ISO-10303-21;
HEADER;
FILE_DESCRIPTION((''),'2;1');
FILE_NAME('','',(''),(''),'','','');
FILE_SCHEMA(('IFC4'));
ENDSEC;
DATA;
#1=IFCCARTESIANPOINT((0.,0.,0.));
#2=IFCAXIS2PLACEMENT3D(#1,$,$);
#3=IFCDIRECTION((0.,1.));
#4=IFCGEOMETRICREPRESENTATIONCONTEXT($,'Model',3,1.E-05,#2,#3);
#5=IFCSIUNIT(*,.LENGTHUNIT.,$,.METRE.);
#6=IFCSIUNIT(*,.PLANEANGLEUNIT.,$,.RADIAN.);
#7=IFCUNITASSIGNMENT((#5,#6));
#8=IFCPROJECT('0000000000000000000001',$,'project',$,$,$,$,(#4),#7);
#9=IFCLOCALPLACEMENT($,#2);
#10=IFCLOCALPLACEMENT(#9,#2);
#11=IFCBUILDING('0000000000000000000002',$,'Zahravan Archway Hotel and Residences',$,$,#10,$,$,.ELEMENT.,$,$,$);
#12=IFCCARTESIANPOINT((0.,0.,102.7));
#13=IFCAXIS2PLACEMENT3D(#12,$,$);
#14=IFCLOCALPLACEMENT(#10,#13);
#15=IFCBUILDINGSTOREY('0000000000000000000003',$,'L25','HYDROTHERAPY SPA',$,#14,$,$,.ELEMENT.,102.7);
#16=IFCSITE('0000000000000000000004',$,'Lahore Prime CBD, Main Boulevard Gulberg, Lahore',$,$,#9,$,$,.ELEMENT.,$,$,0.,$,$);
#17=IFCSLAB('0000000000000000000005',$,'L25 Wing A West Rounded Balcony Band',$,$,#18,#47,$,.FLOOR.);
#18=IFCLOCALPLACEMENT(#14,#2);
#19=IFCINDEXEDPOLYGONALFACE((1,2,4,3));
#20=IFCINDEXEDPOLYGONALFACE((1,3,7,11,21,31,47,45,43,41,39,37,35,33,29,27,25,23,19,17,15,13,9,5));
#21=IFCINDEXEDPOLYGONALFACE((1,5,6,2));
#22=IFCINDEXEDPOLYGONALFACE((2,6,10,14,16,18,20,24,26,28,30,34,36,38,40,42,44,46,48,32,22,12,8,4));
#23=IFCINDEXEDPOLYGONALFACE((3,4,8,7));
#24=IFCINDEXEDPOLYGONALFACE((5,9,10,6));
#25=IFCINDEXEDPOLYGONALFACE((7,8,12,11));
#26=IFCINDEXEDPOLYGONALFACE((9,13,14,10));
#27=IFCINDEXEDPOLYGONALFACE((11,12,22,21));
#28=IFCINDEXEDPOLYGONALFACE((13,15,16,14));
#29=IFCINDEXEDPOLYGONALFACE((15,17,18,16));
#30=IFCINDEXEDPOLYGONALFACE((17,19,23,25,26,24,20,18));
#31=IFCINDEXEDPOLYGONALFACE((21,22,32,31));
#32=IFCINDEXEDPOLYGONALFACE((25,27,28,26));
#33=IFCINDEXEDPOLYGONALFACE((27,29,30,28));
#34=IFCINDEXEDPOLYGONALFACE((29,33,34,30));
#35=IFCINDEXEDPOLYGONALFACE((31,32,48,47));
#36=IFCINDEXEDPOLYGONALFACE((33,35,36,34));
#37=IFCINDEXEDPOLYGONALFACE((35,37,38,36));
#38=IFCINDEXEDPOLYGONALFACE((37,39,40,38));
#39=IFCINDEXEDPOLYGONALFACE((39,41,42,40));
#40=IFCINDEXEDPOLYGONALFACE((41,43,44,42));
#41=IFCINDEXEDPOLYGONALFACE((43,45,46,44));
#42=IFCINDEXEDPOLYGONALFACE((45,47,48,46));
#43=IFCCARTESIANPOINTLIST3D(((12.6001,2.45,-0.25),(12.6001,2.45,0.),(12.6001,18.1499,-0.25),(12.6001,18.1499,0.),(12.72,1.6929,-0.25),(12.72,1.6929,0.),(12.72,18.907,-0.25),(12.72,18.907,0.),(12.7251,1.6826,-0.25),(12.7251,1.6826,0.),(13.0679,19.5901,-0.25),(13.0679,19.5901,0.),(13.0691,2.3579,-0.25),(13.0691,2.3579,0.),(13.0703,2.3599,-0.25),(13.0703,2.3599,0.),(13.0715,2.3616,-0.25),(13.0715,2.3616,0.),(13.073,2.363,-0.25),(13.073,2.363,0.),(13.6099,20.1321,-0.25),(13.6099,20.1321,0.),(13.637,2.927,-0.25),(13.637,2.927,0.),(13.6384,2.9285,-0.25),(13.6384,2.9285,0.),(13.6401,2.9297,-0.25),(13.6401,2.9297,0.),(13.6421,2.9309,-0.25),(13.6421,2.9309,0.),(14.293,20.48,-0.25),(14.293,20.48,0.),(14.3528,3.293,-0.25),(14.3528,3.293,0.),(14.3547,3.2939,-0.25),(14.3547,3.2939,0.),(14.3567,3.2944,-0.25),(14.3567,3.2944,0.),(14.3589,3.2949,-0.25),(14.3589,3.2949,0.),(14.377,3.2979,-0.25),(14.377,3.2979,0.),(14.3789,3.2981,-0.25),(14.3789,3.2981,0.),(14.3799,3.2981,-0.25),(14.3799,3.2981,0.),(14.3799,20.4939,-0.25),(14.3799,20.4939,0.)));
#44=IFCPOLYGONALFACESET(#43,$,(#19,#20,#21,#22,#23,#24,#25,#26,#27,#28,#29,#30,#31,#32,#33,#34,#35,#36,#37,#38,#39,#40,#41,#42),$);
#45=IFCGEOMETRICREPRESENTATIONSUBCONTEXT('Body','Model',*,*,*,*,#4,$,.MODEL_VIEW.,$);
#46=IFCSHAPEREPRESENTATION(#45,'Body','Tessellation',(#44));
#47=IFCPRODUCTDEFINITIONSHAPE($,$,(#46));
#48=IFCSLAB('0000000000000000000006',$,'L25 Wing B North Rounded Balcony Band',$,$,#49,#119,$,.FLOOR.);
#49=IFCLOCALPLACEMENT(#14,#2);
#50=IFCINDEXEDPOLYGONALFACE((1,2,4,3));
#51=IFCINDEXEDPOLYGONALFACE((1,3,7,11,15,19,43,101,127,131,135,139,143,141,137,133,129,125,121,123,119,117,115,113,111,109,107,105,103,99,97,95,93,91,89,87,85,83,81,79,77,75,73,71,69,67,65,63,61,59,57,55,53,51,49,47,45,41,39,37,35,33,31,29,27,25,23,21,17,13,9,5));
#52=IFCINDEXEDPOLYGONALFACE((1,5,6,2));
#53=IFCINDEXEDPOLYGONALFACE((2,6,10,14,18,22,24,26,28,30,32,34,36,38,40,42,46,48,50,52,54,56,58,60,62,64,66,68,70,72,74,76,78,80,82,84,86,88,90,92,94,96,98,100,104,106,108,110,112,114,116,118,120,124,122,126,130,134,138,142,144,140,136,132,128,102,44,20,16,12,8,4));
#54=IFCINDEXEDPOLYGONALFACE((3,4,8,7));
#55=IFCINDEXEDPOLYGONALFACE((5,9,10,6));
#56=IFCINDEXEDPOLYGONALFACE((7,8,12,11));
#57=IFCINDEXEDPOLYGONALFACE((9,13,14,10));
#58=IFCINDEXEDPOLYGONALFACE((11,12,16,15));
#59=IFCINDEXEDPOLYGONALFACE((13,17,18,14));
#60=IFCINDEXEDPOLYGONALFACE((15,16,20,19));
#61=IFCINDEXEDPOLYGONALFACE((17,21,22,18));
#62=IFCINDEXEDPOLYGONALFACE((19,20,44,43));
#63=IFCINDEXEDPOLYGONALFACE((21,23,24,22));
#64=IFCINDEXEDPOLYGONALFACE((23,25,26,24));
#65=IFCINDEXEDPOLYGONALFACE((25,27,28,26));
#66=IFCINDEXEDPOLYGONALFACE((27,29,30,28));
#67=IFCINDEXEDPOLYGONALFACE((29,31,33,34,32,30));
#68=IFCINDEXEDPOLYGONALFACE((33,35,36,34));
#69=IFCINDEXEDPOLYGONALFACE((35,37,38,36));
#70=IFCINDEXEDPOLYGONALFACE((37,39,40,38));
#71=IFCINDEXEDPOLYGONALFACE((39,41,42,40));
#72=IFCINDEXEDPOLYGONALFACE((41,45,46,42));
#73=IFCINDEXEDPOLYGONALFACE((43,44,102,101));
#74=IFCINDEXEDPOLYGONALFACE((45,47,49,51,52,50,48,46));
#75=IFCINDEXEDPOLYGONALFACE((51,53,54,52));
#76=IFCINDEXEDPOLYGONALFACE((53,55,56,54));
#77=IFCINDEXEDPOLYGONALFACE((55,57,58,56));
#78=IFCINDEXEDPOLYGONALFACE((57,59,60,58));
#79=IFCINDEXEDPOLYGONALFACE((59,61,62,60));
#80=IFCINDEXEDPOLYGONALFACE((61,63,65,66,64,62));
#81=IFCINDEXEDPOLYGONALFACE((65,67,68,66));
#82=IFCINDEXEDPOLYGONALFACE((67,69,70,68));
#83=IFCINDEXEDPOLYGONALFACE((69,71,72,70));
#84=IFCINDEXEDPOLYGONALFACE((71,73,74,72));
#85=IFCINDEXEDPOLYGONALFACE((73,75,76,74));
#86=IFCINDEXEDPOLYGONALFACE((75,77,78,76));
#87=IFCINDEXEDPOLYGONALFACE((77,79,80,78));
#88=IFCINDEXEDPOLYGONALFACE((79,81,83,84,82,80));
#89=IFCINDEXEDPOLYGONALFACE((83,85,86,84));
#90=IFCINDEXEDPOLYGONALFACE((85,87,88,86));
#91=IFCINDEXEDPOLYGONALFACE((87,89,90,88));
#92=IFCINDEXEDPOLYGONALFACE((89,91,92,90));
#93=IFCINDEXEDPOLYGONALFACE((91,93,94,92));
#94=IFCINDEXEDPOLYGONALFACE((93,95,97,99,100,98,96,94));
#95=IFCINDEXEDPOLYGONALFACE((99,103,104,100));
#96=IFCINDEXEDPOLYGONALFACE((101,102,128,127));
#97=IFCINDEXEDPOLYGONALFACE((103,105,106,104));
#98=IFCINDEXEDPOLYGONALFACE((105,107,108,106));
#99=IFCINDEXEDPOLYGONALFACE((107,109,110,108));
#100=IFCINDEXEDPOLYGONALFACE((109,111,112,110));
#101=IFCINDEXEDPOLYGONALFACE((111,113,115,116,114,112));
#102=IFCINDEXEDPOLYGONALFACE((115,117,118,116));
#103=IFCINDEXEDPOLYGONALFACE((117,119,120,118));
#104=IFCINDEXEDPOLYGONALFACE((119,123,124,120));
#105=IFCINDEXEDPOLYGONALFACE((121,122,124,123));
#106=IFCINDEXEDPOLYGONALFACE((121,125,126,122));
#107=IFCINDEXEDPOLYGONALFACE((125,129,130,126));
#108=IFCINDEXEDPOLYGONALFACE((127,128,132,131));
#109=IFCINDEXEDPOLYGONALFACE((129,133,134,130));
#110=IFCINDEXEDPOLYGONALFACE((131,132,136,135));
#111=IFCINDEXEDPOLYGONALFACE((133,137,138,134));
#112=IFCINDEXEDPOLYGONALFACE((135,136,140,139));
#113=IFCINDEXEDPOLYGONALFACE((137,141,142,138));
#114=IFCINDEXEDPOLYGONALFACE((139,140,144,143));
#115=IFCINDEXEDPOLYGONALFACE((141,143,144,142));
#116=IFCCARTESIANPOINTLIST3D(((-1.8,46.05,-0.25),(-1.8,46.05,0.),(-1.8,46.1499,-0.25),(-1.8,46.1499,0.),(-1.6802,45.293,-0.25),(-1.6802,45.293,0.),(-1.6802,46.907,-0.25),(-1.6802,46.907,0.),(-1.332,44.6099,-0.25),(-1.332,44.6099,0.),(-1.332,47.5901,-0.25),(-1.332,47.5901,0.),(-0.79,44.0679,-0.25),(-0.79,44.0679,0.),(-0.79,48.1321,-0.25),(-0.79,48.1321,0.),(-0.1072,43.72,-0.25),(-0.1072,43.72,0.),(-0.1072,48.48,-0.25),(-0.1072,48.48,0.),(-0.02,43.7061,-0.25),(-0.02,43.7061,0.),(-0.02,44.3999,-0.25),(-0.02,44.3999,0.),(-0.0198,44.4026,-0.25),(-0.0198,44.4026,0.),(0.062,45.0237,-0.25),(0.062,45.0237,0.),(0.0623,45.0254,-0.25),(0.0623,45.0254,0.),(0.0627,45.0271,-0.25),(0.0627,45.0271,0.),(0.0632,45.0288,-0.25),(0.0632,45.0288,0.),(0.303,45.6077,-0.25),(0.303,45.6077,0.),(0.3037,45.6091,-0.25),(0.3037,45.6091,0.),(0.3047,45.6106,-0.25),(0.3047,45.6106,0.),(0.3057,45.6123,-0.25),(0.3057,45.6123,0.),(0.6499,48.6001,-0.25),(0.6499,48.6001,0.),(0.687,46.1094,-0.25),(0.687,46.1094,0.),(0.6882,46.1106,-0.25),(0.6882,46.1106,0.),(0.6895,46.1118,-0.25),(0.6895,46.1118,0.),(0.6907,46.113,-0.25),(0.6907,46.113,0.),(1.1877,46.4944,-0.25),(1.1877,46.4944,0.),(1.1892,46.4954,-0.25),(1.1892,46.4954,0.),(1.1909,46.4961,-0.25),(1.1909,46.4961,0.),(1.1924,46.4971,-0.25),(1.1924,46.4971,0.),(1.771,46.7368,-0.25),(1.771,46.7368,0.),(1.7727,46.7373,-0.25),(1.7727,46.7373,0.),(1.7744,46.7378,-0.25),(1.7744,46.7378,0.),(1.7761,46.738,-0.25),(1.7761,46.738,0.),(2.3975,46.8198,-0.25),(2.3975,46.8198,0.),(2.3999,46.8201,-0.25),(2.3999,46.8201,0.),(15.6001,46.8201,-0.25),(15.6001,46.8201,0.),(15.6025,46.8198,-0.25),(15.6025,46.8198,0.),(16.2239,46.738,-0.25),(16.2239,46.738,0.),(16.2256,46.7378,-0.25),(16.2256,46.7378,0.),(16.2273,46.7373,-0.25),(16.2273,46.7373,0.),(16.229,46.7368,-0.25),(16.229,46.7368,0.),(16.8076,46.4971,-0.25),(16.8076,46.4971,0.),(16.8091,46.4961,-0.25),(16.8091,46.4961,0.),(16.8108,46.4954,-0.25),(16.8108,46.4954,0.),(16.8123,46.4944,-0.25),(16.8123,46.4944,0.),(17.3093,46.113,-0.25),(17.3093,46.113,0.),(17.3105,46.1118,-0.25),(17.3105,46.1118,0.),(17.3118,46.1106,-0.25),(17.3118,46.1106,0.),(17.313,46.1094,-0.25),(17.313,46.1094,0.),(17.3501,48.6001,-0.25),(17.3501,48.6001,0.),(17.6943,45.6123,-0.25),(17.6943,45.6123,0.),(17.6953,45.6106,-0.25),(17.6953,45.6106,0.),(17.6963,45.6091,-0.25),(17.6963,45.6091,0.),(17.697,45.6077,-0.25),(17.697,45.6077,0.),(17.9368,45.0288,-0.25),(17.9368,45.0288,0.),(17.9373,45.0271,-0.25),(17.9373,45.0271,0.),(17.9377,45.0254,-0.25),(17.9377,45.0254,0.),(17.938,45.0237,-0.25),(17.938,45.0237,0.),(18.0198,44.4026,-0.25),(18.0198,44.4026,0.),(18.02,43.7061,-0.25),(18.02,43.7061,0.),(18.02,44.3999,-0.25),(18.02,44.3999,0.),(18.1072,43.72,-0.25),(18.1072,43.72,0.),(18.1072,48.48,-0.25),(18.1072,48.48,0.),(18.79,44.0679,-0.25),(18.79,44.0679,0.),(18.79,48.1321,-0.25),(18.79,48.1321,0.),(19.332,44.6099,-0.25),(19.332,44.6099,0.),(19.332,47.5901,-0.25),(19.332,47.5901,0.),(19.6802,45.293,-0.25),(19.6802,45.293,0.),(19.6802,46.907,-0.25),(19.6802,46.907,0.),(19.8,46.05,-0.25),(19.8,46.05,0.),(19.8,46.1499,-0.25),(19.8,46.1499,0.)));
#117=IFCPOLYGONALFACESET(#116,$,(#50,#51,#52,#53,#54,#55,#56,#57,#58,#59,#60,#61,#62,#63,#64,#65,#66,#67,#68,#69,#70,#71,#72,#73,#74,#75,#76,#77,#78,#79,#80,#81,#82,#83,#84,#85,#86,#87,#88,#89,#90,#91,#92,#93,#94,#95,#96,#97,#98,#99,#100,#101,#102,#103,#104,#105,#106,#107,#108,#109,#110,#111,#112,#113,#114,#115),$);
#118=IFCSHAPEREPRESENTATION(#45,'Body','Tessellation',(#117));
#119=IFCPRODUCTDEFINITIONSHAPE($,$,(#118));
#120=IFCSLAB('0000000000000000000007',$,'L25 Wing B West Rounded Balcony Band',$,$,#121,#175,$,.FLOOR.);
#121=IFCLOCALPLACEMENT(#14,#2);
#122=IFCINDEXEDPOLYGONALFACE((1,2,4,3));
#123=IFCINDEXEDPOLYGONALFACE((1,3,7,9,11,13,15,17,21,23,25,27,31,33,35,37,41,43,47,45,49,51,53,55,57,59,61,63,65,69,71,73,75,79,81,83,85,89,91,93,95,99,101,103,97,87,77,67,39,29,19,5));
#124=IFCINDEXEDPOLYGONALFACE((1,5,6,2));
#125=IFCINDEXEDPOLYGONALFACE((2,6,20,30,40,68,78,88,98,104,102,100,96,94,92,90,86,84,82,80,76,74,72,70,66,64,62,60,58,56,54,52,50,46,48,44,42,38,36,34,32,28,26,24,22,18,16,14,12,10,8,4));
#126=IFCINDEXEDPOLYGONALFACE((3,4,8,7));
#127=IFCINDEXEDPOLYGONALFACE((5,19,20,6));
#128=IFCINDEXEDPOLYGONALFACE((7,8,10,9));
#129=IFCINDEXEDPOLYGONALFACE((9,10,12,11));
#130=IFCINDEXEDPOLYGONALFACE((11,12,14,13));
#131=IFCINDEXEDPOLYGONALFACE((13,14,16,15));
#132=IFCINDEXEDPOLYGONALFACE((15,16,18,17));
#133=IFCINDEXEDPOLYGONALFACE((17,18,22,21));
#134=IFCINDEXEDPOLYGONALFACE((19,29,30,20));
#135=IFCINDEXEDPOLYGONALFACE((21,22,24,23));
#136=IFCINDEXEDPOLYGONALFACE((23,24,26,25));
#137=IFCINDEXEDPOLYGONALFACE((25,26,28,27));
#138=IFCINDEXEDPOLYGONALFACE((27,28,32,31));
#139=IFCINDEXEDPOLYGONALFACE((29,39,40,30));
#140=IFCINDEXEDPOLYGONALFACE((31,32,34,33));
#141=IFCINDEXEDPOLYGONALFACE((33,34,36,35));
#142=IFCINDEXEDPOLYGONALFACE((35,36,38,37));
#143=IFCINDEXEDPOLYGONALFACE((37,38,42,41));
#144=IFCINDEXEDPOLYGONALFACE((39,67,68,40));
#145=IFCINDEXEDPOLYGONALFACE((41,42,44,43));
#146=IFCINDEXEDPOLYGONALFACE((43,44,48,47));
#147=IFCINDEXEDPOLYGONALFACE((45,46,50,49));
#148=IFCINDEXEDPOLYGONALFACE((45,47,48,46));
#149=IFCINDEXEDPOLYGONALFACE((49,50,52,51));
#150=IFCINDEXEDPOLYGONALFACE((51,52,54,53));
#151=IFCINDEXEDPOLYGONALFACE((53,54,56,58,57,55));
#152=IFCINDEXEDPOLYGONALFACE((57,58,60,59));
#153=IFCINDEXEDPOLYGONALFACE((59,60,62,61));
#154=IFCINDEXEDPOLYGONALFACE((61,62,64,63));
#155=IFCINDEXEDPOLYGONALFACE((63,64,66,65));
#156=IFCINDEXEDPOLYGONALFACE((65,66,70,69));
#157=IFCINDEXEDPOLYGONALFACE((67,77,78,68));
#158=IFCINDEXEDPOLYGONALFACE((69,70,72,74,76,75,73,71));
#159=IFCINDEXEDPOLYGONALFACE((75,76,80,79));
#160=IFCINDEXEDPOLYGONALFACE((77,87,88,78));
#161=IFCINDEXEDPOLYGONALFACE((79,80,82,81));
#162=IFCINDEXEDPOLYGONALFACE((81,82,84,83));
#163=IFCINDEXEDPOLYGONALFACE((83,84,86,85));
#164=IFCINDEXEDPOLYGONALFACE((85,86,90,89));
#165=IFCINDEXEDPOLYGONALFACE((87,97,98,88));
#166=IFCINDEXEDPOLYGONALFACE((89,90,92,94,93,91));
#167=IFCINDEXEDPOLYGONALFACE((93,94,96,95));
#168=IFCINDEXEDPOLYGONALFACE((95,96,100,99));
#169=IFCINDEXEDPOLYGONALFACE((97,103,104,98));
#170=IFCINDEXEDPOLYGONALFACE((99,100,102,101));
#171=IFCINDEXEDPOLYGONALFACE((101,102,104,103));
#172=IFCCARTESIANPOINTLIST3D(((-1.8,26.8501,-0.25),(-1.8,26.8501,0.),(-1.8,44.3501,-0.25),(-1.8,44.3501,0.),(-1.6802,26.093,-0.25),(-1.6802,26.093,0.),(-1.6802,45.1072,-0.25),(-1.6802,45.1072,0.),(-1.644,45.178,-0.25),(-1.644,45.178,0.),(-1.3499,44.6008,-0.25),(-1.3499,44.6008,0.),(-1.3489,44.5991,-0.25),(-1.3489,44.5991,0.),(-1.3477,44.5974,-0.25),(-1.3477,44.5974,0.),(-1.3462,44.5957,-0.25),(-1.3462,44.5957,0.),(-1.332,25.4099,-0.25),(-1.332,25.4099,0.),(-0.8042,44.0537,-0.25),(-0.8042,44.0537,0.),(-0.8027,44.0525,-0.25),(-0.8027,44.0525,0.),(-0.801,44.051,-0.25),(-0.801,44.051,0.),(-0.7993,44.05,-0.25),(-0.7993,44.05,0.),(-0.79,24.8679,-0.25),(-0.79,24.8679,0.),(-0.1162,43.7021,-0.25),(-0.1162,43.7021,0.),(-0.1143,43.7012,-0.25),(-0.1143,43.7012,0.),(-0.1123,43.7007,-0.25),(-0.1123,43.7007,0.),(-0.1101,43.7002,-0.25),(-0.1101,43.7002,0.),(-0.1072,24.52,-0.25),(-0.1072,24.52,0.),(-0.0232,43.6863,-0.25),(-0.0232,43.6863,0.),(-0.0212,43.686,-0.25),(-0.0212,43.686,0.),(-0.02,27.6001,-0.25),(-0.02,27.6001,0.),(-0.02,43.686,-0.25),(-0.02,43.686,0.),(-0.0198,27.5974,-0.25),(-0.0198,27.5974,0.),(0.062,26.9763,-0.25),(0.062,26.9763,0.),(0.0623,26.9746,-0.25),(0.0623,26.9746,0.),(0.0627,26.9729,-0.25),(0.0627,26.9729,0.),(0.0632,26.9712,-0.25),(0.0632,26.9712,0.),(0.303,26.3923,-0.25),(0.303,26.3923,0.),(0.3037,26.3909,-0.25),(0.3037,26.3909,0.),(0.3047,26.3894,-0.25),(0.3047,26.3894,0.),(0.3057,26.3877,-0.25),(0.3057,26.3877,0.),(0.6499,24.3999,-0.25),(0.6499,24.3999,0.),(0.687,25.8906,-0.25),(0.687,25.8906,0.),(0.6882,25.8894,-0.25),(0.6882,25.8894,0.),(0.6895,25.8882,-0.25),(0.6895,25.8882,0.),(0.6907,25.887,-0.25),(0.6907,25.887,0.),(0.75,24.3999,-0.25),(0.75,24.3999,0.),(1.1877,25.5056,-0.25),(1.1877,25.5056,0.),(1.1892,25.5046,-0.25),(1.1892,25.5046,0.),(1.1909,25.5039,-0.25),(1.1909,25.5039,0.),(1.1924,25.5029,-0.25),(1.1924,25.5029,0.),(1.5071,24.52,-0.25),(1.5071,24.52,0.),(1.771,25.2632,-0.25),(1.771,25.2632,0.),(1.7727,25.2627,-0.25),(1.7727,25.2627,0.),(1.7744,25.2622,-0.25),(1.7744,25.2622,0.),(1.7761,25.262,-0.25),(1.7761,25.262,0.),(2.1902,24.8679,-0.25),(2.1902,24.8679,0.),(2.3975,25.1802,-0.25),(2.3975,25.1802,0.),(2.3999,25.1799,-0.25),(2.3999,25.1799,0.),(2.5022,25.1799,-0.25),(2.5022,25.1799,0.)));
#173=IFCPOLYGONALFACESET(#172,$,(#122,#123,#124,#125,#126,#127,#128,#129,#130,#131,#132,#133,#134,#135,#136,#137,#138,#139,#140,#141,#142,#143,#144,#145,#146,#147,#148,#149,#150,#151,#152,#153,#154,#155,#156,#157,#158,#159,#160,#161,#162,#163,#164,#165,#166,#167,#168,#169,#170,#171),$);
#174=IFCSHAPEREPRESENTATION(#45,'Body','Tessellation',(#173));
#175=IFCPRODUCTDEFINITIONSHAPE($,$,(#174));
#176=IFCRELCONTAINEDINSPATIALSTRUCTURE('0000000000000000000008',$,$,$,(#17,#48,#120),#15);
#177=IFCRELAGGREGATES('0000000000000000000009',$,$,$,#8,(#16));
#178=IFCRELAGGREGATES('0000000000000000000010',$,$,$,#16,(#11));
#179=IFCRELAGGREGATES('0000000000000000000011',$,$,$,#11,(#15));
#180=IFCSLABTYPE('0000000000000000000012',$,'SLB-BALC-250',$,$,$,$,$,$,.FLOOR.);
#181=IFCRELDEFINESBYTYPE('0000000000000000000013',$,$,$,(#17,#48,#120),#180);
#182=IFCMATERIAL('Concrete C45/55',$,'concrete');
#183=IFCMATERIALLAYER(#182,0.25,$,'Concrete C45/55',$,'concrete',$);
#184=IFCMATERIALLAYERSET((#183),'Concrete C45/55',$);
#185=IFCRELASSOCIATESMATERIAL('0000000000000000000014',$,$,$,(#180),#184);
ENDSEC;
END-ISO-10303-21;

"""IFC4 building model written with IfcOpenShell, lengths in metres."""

from ifc_helpers import new_model, si_unit, direction, frame, origin, place, context, subcontext, project, spatial, polyline, outline, extrude, material, layer, layer_set, type_object, element, save


model = new_model("IFC4")

# Units and contexts
model_context = context("Model", 3, precision=1e-05, world=origin(), true_north=direction((0.0, 1.0)))
body_context = subcontext(model_context, "Body", "Model", "MODEL_VIEW")
ifc_project = project(units=[si_unit("LENGTHUNIT", "METRE"), si_unit("PLANEANGLEUNIT", "RADIAN")], contexts=[model_context])

# Site, building, storey
site_placement = place(None, origin())
site = spatial("IfcSite", under=ifc_project, at=site_placement, Name="Lahore Prime CBD, Main Boulevard Gulberg, Lahore", CompositionType="ELEMENT", RefElevation=0.0)
building_placement = place(site_placement, origin())
building = spatial("IfcBuilding", under=site, at=building_placement, Name="Zahravan Archway Hotel and Residences", CompositionType="ELEMENT")
storey_placement = place(building_placement, frame((0.0, 0.0, 102.7)))
storey = spatial("IfcBuildingStorey", under=building, at=storey_placement, Name="L25", Description="HYDROTHERAPY SPA", CompositionType="ELEMENT", Elevation=102.7)

# Slabs
ifc_material_1 = material(Name="Concrete C45/55", Category="concrete")
ifc_layer_1 = layer(ifc_material_1, 0.25, Name="Concrete C45/55", Category="concrete")
ifc_layer_set_1 = layer_set([ifc_layer_1], Name="Concrete C45/55")
slab_type_1 = type_object("IfcSlabType", Name="SLB-BALC-250", PredefinedType="FLOOR", material=ifc_layer_set_1)
slab_1_placement = place(storey_placement, frame((0.0, 0.0, -0.25)))
element("IfcSlab", 1, at=slab_1_placement, inside=storey, type_object=slab_type_1, Name="L25 Wing A West Rounded Balcony Band", PredefinedType="FLOOR", context=body_context, shape_type="SweptSolid", body=[
    extrude(outline(polyline([(12.72, 1.6929), (12.6001, 2.45), (12.6001, 18.1499), (12.72, 18.907), (13.0679, 19.5901), (13.6099, 20.1321), (14.293, 20.48), (14.3799, 20.4939), (14.3799, 3.2981), (14.3789, 3.2981), (14.377, 3.2979), (14.3589, 3.2949), (14.3567, 3.2944), (14.3547, 3.2939), (14.3528, 3.293), (13.6421, 2.9309), (13.6401, 2.9297), (13.6384, 2.9285), (13.637, 2.927), (13.073, 2.363), (13.0715, 2.3616), (13.0703, 2.3599), (13.0691, 2.3579), (12.7251, 1.6826), (12.72, 1.6929)])), origin(), (0.0, 0.0, 1.0), 0.25),
])
slab_2_placement = place(storey_placement, frame((0.0, 0.0, -0.25)))
element("IfcSlab", 2, at=slab_2_placement, inside=storey, type_object=slab_type_1, Name="L25 Wing B North Rounded Balcony Band", PredefinedType="FLOOR", context=body_context, shape_type="SweptSolid", body=[
    extrude(outline(polyline([(-0.1072, 43.72), (-0.79, 44.0679), (-1.332, 44.6099), (-1.6802, 45.293), (-1.8, 46.05), (-1.8, 46.1499), (-1.6802, 46.907), (-1.332, 47.5901), (-0.79, 48.1321), (-0.1072, 48.48), (0.6499, 48.6001), (17.3501, 48.6001), (18.1072, 48.48), (18.79, 48.1321), (19.332, 47.5901), (19.6802, 46.907), (19.8, 46.1499), (19.8, 46.05), (19.6802, 45.293), (19.332, 44.6099), (18.79, 44.0679), (18.1072, 43.72), (18.02, 43.7061), (18.02, 44.3999), (18.0198, 44.4026), (17.938, 45.0237), (17.9377, 45.0254), (17.9373, 45.0271), (17.9368, 45.0288), (17.697, 45.6077), (17.6963, 45.6091), (17.6953, 45.6106), (17.6943, 45.6123), (17.313, 46.1094), (17.3118, 46.1106), (17.3105, 46.1118), (17.3093, 46.113), (16.8123, 46.4944), (16.8108, 46.4954), (16.8091, 46.4961), (16.8076, 46.4971), (16.229, 46.7368), (16.2273, 46.7373), (16.2256, 46.7378), (16.2239, 46.738), (15.6025, 46.8198), (15.6001, 46.8201), (2.3999, 46.8201), (2.3975, 46.8198), (1.7761, 46.738), (1.7744, 46.7378), (1.7727, 46.7373), (1.771, 46.7368), (1.1924, 46.4971), (1.1909, 46.4961), (1.1892, 46.4954), (1.1877, 46.4944), (0.6907, 46.113), (0.6895, 46.1118), (0.6882, 46.1106), (0.687, 46.1094), (0.3057, 45.6123), (0.3047, 45.6106), (0.3037, 45.6091), (0.303, 45.6077), (0.0632, 45.0288), (0.0627, 45.0271), (0.0623, 45.0254), (0.062, 45.0237), (-0.0198, 44.4026), (-0.02, 44.3999), (-0.02, 43.7061), (-0.1072, 43.72)])), origin(), (0.0, 0.0, 1.0), 0.25),
])
slab_3_placement = place(storey_placement, frame((0.0, 0.0, -0.25)))
element("IfcSlab", 3, at=slab_3_placement, inside=storey, type_object=slab_type_1, Name="L25 Wing B West Rounded Balcony Band", PredefinedType="FLOOR", context=body_context, shape_type="SweptSolid", body=[
    extrude(outline(polyline([(2.1902, 24.8679), (1.5071, 24.52), (0.75, 24.3999), (0.6499, 24.3999), (-0.1072, 24.52), (-0.79, 24.8679), (-1.332, 25.4099), (-1.6802, 26.093), (-1.8, 26.8501), (-1.8, 44.3501), (-1.6802, 45.1072), (-1.644, 45.178), (-1.3499, 44.6008), (-1.3489, 44.5991), (-1.3477, 44.5974), (-1.3462, 44.5957), (-0.8042, 44.0537), (-0.8027, 44.0525), (-0.801, 44.051), (-0.7993, 44.05), (-0.1162, 43.7021), (-0.1143, 43.7012), (-0.1123, 43.7007), (-0.1101, 43.7002), (-0.0232, 43.6863), (-0.0212, 43.686), (-0.02, 43.686), (-0.02, 27.6001), (-0.0198, 27.5974), (0.062, 26.9763), (0.0623, 26.9746), (0.0627, 26.9729), (0.0632, 26.9712), (0.303, 26.3923), (0.3037, 26.3909), (0.3047, 26.3894), (0.3057, 26.3877), (0.687, 25.8906), (0.6882, 25.8894), (0.6895, 25.8882), (0.6907, 25.887), (1.1877, 25.5056), (1.1892, 25.5046), (1.1909, 25.5039), (1.1924, 25.5029), (1.771, 25.2632), (1.7727, 25.2627), (1.7744, 25.2622), (1.7761, 25.262), (2.3975, 25.1802), (2.3999, 25.1799), (2.5022, 25.1799), (2.1902, 24.8679)])), origin(), (0.0, 0.0, 1.0), 0.25),
])

save(model, "model.ifc")
